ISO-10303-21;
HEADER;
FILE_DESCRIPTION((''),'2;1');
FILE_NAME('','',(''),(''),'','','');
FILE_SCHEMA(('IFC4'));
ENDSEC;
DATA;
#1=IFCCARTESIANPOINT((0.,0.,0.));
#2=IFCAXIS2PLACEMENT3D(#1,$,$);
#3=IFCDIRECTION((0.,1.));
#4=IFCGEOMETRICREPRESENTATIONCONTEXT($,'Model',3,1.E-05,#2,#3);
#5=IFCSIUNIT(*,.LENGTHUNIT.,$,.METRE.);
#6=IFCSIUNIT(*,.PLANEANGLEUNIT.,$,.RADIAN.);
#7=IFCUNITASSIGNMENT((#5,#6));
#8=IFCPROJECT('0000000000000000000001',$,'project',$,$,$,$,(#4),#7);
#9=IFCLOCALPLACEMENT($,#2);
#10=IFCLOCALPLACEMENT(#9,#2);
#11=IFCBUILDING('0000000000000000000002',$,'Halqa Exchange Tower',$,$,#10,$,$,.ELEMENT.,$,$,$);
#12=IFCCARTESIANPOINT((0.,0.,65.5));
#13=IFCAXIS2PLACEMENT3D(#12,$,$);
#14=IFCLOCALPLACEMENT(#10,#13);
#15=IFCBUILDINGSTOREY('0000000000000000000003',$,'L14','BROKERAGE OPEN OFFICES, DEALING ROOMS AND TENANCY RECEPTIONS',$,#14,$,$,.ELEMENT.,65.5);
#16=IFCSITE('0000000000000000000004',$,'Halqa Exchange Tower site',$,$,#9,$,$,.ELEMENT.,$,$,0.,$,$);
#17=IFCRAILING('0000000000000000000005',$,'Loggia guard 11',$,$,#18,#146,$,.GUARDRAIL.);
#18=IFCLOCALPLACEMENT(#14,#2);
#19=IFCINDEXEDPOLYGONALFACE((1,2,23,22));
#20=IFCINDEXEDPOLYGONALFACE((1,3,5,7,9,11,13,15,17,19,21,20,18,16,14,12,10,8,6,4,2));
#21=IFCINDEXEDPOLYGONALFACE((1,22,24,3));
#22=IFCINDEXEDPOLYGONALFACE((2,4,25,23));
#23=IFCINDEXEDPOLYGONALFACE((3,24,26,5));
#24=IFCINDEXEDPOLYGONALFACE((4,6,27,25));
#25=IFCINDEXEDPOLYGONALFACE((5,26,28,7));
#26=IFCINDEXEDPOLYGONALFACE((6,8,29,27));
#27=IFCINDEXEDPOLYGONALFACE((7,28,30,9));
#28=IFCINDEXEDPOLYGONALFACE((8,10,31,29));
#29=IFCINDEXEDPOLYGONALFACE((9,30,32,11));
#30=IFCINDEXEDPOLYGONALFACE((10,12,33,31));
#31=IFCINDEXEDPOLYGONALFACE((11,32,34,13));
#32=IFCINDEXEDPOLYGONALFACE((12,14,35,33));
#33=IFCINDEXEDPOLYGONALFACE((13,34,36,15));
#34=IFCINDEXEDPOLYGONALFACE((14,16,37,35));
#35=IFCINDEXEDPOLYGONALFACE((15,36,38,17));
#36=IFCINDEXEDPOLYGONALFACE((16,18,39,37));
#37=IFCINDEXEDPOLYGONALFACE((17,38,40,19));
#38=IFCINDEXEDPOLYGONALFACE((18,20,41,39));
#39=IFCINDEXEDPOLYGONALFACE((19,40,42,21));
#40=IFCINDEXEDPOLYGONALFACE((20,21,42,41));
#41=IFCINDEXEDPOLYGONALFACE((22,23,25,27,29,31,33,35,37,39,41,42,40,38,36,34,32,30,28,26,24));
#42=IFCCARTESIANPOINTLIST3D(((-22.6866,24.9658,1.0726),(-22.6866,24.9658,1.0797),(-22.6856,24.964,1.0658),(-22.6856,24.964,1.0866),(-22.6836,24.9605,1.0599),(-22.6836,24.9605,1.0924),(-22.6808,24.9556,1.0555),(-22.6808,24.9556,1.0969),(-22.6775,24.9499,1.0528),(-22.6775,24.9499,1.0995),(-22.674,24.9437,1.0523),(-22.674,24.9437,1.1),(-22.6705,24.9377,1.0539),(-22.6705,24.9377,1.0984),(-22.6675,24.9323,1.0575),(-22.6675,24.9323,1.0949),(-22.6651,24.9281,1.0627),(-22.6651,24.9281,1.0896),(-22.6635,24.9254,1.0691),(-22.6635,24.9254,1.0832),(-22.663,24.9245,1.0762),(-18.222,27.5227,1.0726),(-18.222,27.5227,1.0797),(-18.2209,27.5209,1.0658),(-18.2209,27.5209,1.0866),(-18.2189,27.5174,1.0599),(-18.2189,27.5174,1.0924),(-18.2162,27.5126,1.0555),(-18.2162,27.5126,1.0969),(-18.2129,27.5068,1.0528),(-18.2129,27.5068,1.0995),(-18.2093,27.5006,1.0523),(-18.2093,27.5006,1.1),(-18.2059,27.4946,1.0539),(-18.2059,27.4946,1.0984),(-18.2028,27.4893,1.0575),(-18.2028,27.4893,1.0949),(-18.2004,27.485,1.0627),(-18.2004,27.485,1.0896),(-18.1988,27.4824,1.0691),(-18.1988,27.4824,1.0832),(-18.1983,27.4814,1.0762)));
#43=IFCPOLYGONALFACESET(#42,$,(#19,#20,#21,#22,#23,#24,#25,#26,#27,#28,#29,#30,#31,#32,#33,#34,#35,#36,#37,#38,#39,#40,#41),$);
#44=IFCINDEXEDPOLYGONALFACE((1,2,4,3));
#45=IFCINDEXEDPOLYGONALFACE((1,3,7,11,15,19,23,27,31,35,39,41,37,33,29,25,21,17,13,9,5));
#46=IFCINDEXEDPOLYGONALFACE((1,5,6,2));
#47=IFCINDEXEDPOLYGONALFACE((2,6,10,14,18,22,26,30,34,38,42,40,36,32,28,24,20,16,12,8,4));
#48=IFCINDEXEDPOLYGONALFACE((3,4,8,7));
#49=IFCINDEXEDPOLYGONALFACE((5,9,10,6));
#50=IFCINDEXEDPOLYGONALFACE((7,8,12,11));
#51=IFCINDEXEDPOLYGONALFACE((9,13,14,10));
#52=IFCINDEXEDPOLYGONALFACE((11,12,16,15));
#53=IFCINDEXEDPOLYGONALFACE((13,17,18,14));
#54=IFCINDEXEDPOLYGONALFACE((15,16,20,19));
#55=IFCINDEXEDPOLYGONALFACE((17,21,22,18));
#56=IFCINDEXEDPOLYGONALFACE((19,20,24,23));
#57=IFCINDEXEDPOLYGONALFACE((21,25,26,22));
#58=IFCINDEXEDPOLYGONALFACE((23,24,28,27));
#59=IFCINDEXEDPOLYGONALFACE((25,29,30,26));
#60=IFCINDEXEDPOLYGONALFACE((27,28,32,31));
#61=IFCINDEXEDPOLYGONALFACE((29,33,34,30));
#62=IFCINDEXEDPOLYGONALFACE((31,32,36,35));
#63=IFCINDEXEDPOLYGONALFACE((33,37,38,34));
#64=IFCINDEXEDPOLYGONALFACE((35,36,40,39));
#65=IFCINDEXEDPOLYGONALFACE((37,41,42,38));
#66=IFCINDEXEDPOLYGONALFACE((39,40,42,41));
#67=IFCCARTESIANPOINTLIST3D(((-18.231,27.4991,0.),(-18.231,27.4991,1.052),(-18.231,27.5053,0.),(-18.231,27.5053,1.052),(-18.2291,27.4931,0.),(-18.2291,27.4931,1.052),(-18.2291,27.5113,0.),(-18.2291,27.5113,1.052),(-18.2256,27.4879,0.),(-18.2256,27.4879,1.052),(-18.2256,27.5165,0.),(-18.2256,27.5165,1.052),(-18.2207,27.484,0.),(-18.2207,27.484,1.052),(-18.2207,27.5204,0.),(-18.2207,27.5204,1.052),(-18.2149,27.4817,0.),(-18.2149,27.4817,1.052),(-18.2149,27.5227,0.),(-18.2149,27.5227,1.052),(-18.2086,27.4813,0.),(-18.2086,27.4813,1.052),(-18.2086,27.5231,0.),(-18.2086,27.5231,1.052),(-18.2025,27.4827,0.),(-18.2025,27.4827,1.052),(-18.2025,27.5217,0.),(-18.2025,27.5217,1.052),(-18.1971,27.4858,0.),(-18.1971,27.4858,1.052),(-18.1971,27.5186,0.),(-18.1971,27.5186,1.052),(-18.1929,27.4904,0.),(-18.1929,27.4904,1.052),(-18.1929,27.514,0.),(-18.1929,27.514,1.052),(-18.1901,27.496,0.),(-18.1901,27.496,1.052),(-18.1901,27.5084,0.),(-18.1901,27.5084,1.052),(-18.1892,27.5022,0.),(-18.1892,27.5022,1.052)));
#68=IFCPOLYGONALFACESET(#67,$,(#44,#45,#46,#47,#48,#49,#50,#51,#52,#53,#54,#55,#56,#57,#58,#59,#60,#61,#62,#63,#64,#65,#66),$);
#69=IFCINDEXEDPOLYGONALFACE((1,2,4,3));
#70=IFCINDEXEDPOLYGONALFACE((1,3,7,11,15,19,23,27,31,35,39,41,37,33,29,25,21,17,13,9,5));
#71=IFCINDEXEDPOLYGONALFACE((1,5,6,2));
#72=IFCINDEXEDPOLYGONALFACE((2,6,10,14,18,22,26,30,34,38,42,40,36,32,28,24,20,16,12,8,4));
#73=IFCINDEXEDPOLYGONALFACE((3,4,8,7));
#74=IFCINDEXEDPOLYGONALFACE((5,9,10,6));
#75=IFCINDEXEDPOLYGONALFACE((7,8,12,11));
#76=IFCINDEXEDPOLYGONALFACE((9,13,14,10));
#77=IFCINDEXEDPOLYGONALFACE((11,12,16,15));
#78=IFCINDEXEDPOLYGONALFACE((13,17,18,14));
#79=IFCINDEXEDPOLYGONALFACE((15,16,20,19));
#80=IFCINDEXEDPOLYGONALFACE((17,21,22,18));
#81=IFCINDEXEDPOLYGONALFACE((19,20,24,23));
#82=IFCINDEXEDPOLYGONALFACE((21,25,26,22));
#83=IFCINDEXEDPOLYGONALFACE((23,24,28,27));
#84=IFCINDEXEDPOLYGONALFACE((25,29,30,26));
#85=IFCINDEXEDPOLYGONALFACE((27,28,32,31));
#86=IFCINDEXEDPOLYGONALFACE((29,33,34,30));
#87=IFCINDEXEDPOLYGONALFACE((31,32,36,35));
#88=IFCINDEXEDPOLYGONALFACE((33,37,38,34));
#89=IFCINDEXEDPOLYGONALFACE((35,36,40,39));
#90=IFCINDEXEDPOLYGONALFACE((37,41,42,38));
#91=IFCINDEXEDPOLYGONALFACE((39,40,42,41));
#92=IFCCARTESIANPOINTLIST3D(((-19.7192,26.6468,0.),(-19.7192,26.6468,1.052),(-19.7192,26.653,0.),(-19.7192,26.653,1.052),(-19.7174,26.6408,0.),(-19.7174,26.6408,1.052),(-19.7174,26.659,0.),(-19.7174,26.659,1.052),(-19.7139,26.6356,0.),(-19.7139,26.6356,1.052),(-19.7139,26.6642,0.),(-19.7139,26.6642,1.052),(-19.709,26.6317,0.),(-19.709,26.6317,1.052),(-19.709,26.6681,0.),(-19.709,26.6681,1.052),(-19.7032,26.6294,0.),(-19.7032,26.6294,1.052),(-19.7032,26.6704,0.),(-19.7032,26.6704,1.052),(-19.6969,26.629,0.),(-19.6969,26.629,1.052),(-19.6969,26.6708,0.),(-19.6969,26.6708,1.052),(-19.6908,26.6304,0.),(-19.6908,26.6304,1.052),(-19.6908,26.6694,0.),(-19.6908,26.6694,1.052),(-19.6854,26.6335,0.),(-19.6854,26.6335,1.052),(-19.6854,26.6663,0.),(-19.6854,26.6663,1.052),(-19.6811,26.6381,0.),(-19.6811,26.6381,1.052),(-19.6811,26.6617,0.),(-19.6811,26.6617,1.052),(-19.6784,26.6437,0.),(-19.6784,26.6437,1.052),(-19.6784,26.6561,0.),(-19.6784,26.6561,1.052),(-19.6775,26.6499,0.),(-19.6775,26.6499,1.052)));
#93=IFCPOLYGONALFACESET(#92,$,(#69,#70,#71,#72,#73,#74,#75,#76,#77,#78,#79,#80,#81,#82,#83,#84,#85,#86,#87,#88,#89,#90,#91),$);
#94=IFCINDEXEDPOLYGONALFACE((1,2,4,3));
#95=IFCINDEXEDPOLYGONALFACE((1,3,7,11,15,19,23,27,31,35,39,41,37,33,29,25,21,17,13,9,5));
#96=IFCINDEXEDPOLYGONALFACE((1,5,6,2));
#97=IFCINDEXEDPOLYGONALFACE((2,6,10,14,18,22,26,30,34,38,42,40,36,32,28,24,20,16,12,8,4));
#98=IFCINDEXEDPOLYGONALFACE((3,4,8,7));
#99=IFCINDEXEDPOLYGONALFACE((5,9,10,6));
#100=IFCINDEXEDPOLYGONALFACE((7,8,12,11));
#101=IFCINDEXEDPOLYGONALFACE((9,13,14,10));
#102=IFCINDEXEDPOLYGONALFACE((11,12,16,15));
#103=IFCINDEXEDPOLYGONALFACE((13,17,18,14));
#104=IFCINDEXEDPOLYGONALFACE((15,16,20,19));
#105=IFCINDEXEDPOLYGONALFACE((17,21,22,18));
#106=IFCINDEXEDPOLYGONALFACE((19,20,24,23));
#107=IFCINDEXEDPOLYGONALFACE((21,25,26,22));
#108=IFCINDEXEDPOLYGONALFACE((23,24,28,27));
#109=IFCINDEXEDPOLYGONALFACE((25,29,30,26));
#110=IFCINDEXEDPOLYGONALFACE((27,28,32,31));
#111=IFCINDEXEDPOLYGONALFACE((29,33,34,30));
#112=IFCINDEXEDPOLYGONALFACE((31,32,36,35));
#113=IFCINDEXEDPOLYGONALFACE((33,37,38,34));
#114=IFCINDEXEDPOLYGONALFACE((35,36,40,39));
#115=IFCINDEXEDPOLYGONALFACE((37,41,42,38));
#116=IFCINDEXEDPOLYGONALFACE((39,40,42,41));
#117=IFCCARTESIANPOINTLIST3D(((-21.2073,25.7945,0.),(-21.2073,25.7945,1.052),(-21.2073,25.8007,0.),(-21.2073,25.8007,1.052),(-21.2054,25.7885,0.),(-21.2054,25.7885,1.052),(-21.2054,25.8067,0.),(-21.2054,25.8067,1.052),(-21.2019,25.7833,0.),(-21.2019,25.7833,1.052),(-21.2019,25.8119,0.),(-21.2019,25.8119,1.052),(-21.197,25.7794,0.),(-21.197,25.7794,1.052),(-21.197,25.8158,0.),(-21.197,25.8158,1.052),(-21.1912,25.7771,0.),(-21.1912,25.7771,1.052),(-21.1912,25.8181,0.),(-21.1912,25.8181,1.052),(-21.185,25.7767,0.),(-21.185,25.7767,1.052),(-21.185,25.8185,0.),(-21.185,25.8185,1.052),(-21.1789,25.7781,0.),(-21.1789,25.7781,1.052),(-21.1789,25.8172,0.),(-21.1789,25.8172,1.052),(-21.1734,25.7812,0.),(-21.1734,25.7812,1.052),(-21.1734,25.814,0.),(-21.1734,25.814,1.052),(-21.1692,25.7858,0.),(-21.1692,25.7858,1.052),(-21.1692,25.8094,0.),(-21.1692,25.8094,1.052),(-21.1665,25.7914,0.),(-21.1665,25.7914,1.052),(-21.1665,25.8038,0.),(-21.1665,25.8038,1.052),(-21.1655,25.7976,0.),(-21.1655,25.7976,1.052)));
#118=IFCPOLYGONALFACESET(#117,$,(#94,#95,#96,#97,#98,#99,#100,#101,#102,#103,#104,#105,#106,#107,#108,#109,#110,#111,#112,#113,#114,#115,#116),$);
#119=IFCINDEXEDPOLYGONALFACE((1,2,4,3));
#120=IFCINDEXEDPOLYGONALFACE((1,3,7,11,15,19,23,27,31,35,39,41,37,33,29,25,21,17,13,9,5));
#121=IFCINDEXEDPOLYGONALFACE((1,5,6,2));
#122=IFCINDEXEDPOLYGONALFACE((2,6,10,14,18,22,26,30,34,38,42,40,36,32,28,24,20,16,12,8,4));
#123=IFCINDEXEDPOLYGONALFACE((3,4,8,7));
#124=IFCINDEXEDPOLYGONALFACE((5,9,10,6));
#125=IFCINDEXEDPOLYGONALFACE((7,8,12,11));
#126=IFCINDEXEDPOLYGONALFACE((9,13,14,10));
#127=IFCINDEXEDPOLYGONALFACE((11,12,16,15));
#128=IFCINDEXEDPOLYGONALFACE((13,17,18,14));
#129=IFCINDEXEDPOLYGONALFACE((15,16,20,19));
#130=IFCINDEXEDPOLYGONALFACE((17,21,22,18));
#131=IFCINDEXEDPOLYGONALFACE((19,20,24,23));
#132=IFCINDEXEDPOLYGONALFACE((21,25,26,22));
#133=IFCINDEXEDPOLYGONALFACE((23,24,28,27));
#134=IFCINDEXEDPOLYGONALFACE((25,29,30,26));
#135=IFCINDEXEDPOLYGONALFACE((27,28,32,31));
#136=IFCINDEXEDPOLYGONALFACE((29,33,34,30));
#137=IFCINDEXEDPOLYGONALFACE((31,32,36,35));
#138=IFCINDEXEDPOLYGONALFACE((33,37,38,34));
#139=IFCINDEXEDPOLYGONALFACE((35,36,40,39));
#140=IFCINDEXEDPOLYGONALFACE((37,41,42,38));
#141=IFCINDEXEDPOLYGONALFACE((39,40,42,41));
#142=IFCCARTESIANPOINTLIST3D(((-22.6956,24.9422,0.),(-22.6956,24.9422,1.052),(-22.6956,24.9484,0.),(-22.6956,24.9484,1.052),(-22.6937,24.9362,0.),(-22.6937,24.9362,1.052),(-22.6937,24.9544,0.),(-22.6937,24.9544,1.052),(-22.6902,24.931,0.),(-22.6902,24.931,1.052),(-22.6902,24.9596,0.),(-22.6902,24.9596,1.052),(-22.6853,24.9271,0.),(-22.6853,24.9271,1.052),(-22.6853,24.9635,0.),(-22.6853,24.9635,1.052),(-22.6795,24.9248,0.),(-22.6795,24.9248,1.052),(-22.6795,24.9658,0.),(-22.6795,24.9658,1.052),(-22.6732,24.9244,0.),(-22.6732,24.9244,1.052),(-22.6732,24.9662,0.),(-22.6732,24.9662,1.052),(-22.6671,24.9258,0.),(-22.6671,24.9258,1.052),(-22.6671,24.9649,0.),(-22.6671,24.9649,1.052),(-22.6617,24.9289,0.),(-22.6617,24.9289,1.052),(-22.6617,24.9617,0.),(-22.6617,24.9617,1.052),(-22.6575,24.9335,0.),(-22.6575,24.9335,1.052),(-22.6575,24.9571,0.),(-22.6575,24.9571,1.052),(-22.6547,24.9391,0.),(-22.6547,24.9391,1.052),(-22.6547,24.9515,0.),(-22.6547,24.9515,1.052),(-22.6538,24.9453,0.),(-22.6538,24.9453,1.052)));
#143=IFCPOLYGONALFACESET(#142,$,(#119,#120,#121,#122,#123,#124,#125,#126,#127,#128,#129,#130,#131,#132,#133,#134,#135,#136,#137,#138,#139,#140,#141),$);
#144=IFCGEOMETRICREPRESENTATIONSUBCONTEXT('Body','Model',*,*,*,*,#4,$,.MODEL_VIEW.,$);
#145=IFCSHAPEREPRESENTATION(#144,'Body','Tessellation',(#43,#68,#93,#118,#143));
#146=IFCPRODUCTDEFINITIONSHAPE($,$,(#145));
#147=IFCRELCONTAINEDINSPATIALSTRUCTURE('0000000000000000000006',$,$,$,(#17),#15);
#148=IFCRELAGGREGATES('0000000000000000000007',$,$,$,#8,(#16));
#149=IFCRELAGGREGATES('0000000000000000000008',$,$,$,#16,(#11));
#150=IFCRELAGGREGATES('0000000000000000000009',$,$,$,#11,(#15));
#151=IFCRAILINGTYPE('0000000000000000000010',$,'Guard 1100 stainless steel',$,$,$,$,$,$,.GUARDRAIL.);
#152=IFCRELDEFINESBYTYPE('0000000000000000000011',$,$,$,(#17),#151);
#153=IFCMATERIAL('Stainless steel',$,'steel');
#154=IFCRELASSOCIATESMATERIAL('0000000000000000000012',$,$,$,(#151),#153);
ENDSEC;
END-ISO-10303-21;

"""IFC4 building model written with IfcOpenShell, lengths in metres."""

from ifc_helpers import new_model, si_unit, direction, frame, origin, origin_2d, place, context, subcontext, project, spatial, circle, extrude, material, type_object, element, save


model = new_model("IFC4")

# Units and contexts
model_context = context("Model", 3, precision=1e-05, world=origin(), true_north=direction((0.0, 1.0)))
body_context = subcontext(model_context, "Body", "Model", "MODEL_VIEW")
ifc_project = project(units=[si_unit("LENGTHUNIT", "METRE"), si_unit("PLANEANGLEUNIT", "RADIAN")], contexts=[model_context])

# Site, building, storey
site_placement = place(None, origin())
site = spatial("IfcSite", under=ifc_project, at=site_placement, Name="Halqa Exchange Tower site", CompositionType="ELEMENT", RefElevation=0.0)
building_placement = place(site_placement, origin())
building = spatial("IfcBuilding", under=site, at=building_placement, Name="Halqa Exchange Tower", CompositionType="ELEMENT")
storey_placement = place(building_placement, frame((0.0, 0.0, 65.5)))
storey = spatial("IfcBuildingStorey", under=building, at=storey_placement, Name="L14", Description="BROKERAGE OPEN OFFICES, DEALING ROOMS AND TENANCY RECEPTIONS", CompositionType="ELEMENT", Elevation=65.5)

# Railing
ifc_material_1 = material(Name="Stainless steel", Category="steel")
railing_type = type_object("IfcRailingType", Name="Guard 1100 stainless steel", PredefinedType="GUARDRAIL", material=ifc_material_1)
railing_1_placement = place(storey_placement, frame((-18.2102, 27.5022, 0.0)))
element("IfcRailing", 1, at=railing_1_placement, inside=storey, type_object=railing_type, Name="Loggia guard 11", PredefinedType="GUARDRAIL", context=body_context, shape_type="SweptSolid", body=[
    extrude(circle(Radius=0.0239, at=origin_2d()), frame((0.0, 0.0, 1.0762), z_axis=(-0.867767, -0.496972, 0.0), x_axis=(0.496972, -0.867767, 0.0)), (0.0, 0.0, 1.0), 5.145),
    extrude(circle(Radius=0.021, at=origin_2d()), origin(), (0.0, 0.0, 1.0), 1.052),
    extrude(circle(Radius=0.021, at=origin_2d()), frame((-1.4883, -0.8523, 0.0)), (0.0, 0.0, 1.0), 1.052),
    extrude(circle(Radius=0.021, at=origin_2d()), frame((-2.9763, -1.7046, 0.0)), (0.0, 0.0, 1.0), 1.052),
    extrude(circle(Radius=0.021, at=origin_2d()), frame((-4.4646, -2.5569, 0.0)), (0.0, 0.0, 1.0), 1.052),
])

save(model, "model.ifc")
